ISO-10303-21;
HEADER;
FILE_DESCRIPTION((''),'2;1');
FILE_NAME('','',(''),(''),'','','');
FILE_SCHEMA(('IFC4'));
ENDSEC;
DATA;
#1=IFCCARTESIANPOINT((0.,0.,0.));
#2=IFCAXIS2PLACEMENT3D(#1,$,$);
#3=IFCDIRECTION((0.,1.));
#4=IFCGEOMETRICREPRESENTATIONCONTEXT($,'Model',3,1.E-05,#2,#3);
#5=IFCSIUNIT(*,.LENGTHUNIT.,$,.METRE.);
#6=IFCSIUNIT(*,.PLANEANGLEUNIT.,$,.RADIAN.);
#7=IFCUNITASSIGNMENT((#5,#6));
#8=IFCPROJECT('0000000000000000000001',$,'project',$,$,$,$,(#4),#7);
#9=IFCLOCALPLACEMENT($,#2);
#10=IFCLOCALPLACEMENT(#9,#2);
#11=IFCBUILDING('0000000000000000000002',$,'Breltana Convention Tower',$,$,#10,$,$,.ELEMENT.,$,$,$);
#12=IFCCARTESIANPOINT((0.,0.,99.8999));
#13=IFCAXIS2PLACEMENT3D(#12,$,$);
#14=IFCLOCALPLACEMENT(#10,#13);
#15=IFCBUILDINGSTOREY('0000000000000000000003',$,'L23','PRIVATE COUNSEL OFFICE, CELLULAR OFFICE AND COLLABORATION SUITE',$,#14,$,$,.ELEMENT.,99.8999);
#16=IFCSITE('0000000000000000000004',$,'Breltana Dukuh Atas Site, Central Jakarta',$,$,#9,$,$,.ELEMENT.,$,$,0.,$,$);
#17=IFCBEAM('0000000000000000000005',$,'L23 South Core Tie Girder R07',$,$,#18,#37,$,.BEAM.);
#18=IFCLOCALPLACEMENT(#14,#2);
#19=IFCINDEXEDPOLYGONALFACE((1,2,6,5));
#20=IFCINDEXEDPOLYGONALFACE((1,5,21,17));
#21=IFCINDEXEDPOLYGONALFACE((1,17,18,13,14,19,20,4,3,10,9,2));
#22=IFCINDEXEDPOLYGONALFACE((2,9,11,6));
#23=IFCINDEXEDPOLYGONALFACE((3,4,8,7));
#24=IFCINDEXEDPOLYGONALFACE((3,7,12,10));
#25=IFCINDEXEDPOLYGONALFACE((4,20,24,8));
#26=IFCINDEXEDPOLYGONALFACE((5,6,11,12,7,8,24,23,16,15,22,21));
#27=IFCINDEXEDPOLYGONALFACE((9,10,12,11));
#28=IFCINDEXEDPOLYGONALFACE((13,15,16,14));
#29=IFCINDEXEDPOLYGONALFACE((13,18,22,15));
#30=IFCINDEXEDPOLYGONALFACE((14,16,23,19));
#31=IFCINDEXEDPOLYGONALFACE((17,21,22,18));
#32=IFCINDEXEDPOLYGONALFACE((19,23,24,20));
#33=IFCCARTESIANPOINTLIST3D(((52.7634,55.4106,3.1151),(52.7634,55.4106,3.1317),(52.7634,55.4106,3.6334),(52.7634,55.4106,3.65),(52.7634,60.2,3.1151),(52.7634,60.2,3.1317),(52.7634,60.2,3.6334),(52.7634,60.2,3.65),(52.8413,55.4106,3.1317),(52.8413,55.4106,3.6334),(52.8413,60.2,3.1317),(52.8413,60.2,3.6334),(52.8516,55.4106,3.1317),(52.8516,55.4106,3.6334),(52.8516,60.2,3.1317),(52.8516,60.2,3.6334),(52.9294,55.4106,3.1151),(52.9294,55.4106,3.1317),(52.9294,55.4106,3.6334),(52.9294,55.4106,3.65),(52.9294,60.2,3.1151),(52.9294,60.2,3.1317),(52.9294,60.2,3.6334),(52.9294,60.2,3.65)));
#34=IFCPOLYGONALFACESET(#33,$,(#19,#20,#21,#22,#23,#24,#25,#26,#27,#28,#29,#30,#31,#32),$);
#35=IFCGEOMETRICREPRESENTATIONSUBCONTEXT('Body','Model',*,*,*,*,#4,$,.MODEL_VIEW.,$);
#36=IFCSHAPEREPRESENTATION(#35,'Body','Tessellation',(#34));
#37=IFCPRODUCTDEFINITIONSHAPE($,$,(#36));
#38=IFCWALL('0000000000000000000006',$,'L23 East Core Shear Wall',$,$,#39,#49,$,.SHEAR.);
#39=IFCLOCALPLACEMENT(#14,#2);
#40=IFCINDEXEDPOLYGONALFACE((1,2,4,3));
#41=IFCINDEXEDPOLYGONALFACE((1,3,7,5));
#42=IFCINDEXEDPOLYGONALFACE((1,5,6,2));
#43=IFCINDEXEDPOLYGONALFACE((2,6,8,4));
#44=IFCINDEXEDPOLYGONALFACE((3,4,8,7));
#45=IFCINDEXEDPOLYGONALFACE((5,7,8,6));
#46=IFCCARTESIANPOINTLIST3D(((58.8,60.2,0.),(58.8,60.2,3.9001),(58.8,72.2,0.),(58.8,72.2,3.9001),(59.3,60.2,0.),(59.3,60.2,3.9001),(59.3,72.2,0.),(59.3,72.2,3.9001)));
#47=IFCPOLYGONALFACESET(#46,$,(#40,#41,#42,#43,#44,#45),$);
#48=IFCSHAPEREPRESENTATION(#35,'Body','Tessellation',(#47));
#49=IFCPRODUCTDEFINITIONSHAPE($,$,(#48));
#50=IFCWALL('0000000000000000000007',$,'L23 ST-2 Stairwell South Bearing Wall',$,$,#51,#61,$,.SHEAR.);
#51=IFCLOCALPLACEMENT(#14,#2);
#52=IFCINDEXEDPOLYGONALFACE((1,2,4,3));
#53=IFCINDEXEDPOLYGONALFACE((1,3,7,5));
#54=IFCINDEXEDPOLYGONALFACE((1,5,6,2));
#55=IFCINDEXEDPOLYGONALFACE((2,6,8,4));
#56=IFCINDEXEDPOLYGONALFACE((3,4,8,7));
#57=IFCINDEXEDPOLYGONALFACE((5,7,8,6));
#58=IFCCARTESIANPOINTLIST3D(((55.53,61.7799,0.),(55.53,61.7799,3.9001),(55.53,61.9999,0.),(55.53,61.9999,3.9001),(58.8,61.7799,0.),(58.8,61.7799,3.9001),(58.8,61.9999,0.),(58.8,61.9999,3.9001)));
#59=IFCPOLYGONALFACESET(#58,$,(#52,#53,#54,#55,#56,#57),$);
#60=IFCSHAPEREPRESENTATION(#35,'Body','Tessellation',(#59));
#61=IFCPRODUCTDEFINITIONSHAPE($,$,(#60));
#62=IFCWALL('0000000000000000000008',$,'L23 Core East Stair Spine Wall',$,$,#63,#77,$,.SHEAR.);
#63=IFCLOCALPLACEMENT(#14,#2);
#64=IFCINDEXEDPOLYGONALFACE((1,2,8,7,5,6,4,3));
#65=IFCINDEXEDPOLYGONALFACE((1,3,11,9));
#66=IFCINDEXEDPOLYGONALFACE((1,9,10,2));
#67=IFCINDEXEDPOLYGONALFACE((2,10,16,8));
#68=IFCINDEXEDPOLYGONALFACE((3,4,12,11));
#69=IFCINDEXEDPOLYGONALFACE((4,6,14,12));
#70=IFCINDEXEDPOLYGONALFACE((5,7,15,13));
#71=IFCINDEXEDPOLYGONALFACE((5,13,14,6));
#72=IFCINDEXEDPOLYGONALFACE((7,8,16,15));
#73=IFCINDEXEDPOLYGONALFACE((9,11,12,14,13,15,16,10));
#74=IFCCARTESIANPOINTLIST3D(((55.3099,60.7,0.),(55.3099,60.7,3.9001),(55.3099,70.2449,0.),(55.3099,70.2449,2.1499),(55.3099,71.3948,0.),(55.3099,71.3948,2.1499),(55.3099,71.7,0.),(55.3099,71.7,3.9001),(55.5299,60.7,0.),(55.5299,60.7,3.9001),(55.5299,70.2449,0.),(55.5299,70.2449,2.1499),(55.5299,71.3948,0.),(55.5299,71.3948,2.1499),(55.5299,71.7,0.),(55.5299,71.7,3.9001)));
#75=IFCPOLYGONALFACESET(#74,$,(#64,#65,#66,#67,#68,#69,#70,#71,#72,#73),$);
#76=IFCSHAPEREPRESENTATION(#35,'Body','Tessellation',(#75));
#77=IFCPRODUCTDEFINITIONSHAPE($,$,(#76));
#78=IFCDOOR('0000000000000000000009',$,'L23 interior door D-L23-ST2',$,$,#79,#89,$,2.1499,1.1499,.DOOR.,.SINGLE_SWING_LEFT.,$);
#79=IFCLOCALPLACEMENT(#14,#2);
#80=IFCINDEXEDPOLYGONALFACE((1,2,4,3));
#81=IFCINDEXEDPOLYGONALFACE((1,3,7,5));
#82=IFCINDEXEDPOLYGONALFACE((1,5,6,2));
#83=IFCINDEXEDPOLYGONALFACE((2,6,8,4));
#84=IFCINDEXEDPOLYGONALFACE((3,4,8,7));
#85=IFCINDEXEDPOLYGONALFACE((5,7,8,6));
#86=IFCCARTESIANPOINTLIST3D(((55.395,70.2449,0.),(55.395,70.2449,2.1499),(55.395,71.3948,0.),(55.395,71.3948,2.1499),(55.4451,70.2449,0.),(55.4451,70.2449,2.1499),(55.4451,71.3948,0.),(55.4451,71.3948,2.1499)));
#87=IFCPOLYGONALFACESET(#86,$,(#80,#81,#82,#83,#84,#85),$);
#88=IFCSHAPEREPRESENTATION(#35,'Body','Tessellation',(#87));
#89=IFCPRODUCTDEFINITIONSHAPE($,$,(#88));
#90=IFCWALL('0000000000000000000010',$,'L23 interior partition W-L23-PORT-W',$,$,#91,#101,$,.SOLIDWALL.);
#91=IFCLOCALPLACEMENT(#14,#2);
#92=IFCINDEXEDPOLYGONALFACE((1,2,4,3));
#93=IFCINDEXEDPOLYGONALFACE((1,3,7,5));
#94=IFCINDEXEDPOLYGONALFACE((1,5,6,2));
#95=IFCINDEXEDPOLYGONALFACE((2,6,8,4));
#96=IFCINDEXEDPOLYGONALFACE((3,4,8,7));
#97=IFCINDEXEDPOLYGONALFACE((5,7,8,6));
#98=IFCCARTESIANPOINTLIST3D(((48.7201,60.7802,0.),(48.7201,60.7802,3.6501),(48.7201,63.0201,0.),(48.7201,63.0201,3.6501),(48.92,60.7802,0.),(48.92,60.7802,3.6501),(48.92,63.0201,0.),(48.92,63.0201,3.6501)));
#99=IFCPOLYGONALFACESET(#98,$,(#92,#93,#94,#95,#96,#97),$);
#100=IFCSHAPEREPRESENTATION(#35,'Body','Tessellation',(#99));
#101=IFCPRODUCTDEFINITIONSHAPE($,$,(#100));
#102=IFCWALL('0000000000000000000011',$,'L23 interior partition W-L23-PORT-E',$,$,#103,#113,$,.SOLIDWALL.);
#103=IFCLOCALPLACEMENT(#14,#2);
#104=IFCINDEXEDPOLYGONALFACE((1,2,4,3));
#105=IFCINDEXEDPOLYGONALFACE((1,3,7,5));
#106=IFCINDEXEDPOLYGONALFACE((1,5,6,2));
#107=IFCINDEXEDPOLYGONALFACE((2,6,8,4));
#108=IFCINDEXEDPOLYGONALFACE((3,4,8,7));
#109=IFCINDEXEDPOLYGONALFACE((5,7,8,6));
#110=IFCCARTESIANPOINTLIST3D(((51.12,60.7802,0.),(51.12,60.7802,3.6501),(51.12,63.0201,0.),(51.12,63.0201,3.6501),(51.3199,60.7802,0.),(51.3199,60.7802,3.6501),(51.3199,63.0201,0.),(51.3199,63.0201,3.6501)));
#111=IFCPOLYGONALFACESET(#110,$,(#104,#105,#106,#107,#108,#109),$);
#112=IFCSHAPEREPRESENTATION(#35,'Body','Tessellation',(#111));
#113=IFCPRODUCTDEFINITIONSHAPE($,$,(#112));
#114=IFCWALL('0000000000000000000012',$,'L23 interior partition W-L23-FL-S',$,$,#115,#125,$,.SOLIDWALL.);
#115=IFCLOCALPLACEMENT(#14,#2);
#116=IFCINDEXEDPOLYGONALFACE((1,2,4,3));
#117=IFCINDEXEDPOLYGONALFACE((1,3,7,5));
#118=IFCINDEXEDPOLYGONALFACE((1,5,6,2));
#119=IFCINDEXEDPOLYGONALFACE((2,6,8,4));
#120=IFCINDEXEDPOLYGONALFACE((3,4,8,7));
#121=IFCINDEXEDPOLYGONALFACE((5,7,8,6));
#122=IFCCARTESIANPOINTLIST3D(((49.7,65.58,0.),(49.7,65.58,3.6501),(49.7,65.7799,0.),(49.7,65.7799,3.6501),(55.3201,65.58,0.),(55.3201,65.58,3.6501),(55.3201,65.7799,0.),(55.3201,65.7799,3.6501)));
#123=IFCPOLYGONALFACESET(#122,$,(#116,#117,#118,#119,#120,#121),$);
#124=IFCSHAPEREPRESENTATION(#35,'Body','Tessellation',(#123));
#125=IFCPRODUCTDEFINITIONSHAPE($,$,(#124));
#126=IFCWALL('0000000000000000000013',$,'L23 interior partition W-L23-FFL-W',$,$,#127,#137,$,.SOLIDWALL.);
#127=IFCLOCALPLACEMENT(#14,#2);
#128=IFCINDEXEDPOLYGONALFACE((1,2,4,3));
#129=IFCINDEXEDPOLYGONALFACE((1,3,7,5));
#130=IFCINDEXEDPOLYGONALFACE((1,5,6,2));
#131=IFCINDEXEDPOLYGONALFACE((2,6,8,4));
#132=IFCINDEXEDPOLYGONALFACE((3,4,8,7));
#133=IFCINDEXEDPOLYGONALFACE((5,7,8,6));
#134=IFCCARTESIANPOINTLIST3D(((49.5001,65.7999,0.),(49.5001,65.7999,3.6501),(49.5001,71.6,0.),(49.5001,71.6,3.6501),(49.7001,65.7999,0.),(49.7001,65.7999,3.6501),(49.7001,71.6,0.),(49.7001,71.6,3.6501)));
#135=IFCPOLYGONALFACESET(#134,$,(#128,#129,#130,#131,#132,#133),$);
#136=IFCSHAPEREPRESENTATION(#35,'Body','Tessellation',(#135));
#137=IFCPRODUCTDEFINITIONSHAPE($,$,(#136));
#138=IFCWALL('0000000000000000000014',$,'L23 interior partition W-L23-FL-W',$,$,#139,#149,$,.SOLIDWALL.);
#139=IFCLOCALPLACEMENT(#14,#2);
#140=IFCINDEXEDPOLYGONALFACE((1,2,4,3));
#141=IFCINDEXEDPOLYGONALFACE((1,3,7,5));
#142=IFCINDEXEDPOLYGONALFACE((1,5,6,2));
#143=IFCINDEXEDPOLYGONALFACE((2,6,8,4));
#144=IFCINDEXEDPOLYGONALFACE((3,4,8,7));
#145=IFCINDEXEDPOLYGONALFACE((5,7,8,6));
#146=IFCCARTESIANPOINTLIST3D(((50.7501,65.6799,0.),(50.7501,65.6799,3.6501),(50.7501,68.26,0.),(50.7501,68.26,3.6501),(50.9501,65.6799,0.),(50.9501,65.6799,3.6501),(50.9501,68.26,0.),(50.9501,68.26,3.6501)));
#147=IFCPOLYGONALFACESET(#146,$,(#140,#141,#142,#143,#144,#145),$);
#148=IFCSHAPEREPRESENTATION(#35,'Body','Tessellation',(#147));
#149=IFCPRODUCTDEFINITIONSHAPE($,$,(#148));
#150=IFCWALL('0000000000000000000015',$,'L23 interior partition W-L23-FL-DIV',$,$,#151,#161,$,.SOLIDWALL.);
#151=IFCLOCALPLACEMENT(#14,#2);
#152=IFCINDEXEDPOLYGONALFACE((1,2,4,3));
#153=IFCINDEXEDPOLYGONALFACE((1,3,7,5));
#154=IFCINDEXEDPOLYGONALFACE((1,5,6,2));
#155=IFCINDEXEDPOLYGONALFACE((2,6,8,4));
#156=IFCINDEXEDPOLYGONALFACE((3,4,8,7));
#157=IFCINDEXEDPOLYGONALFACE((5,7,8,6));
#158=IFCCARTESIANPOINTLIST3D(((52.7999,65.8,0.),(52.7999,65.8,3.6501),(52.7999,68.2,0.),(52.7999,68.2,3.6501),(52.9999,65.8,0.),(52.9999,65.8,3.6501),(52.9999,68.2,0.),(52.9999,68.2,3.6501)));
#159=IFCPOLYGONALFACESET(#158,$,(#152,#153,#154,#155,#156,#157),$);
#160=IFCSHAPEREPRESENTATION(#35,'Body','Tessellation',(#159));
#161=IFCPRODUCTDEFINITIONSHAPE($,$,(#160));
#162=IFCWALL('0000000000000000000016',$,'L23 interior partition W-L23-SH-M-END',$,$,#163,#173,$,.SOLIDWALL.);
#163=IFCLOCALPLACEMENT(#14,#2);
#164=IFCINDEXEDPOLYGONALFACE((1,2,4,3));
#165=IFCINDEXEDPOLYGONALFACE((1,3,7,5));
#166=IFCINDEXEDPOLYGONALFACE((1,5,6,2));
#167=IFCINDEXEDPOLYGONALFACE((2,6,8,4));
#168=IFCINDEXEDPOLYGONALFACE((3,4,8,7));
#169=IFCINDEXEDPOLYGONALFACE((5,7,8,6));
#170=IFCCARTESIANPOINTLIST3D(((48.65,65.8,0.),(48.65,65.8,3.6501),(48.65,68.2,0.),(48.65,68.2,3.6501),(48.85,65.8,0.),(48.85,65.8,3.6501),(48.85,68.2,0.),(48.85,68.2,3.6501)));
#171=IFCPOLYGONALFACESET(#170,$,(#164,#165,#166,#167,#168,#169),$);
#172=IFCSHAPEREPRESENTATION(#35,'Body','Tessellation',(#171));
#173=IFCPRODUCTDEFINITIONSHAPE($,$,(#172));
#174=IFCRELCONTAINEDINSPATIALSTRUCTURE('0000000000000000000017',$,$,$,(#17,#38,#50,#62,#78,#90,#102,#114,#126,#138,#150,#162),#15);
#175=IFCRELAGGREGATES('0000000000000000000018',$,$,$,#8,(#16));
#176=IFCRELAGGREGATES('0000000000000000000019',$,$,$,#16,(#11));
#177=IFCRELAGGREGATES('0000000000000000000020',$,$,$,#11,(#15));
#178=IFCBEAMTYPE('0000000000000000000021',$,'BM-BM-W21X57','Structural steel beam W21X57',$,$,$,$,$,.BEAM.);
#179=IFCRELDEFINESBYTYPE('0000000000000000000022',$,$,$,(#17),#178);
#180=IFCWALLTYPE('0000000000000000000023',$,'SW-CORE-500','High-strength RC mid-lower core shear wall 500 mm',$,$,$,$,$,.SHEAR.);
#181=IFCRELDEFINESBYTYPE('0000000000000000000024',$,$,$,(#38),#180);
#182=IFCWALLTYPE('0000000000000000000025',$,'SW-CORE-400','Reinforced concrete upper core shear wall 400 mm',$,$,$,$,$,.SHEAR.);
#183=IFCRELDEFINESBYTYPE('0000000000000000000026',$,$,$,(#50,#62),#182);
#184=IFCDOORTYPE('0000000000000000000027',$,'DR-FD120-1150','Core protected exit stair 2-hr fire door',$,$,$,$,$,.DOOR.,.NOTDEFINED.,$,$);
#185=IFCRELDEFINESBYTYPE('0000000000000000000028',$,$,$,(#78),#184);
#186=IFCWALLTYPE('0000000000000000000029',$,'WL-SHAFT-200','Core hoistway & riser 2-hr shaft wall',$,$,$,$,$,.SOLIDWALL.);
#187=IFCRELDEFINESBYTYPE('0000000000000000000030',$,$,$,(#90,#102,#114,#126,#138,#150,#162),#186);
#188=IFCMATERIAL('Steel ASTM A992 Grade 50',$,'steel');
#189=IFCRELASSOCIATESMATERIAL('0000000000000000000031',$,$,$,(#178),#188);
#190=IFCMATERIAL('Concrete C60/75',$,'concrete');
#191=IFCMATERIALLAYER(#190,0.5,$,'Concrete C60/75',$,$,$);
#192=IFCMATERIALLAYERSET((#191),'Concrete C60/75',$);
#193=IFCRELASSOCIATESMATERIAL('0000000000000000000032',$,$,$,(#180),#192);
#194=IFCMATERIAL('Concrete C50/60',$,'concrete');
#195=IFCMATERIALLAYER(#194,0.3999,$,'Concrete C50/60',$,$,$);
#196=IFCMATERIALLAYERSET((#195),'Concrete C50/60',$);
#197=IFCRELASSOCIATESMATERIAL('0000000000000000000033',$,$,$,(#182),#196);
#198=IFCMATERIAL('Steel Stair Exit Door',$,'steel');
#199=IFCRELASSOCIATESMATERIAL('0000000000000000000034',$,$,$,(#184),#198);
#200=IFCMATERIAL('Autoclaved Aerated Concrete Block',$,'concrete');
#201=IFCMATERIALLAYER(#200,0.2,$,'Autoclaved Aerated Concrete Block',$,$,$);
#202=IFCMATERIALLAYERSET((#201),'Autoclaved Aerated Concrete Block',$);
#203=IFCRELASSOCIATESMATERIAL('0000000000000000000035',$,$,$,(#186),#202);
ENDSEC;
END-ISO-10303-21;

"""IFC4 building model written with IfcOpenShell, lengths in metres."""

from ifc_helpers import new_model, si_unit, direction, frame, frame_2d, origin, origin_2d, place, context, subcontext, project, spatial, rectangle, i_section, extrude, source, transform, mapped, material, layer, layer_set, material_profile, profile_set, type_object, type_shapes, element, fill, save


model = new_model("IFC4")

# Units and contexts
model_context = context("Model", 3, precision=1e-05, world=origin(), true_north=direction((0.0, 1.0)))
body_context = subcontext(model_context, "Body", "Model", "MODEL_VIEW")
ifc_project = project(units=[si_unit("LENGTHUNIT", "METRE"), si_unit("PLANEANGLEUNIT", "RADIAN")], contexts=[model_context])

# Site, building, storey
site_placement = place(None, origin())
site = spatial("IfcSite", under=ifc_project, at=site_placement, Name="Breltana Dukuh Atas Site, Central Jakarta", CompositionType="ELEMENT", RefElevation=0.0)
building_placement = place(site_placement, origin())
building = spatial("IfcBuilding", under=site, at=building_placement, Name="Breltana Convention Tower", CompositionType="ELEMENT")
storey_placement = place(building_placement, frame((0.0, 0.0, 99.8999)))
storey = spatial("IfcBuildingStorey", under=building, at=storey_placement, Name="L23", Description="PRIVATE COUNSEL OFFICE, CELLULAR OFFICE AND COLLABORATION SUITE", CompositionType="ELEMENT", Elevation=99.8999)

# Beam
ifc_material_1 = material(Name="Steel ASTM A992 Grade 50", Category="steel")
ifc_material_profile = material_profile(ifc_material_1, i_section(OverallWidth=0.166, OverallDepth=0.5349, WebThickness=0.0103, FlangeThickness=0.0166, at=origin_2d()), Name="W21X57")
ifc_profile_set = profile_set([ifc_material_profile], Name="Steel ASTM A992 Grade 50")
beam_type = type_object("IfcBeamType", Name="BM-BM-W21X57", Description="Structural steel beam W21X57", PredefinedType="BEAM", material=ifc_profile_set)
shared_shape_1 = source(origin(), body_context, "Body", "SweptSolid", [
    extrude(i_section(OverallWidth=0.166, OverallDepth=0.5349, WebThickness=0.0103, FlangeThickness=0.0166, at=origin_2d()), origin(), (0.0, 0.0, 1.0), 4.7893),
])
beam_placement = place(storey_placement, frame((52.8464, 60.2, 3.3826), z_axis=(0.0, -1.0, 0.0), x_axis=(1.0, 0.0, 0.0)))
element("IfcBeam", 1, at=beam_placement, inside=storey, type_object=beam_type, Name="L23 South Core Tie Girder R07", PredefinedType="BEAM", context=body_context, shape_type="MappedRepresentation", body=[
    mapped(shared_shape_1, transform((0.0, 0.0, 0.0), scale=1.0)),
])

# Walls
ifc_material_2 = material(Name="Concrete C60/75", Category="concrete")
ifc_layer_1 = layer(ifc_material_2, 0.5, Name="Concrete C60/75")
ifc_layer_set_1 = layer_set([ifc_layer_1], Name="Concrete C60/75")
wall_type_1 = type_object("IfcWallType", Name="SW-CORE-500", Description="High-strength RC mid-lower core shear wall 500 mm", PredefinedType="SHEAR", material=ifc_layer_set_1)
shared_shape_2 = source(origin(), body_context, "Body", "SweptSolid", [
    extrude(rectangle(XDim=12.0, YDim=0.5, at=frame_2d((6.0, 0.0))), origin(), (0.0, 0.0, 1.0), 3.9001),
])
wall_1_placement = place(storey_placement, frame((59.05, 60.2, 0.0), z_axis=(0.0, 0.0, 1.0), x_axis=(0.0, 1.0, 0.0)))
element("IfcWall", 2, at=wall_1_placement, inside=storey, type_object=wall_type_1, Name="L23 East Core Shear Wall", PredefinedType="SHEAR", context=body_context, shape_type="MappedRepresentation", body=[
    mapped(shared_shape_2, transform((0.0, 0.0, 0.0), scale=1.0)),
])
ifc_material_3 = material(Name="Concrete C50/60", Category="concrete")
ifc_layer_2 = layer(ifc_material_3, 0.3999, Name="Concrete C50/60")
ifc_layer_set_2 = layer_set([ifc_layer_2], Name="Concrete C50/60")
wall_type_2 = type_object("IfcWallType", Name="SW-CORE-400", Description="Reinforced concrete upper core shear wall 400 mm", PredefinedType="SHEAR", material=ifc_layer_set_2)
shared_shape_3 = source(origin(), body_context, "Body", "SweptSolid", [
    extrude(rectangle(XDim=3.27, YDim=0.22, at=frame_2d((1.635, 0.0))), origin(), (0.0, 0.0, 1.0), 3.9001),
])
wall_2_placement = place(storey_placement, frame((55.53, 61.8899, 0.0), z_axis=(0.0, 0.0, 1.0), x_axis=(1.0, 0.0, 0.0)))
element("IfcWall", 3, at=wall_2_placement, inside=storey, type_object=wall_type_2, Name="L23 ST-2 Stairwell South Bearing Wall", PredefinedType="SHEAR", context=body_context, shape_type="MappedRepresentation", body=[
    mapped(shared_shape_3, transform((0.0, 0.0, 0.0), scale=1.0)),
])

# Wall, opening, door
shared_shape_4 = source(origin(), body_context, "Body", "SweptSolid", [
    extrude(rectangle(XDim=11.0, YDim=0.22, at=frame_2d((5.5, 0.0))), origin(), (0.0, 0.0, 1.0), 3.9001),
])
wall_3_placement = place(storey_placement, frame((55.4199, 60.7, 0.0), z_axis=(0.0, 0.0, 1.0), x_axis=(0.0, 1.0, 0.0)))
wall_3 = element("IfcWall", 4, at=wall_3_placement, inside=storey, type_object=wall_type_2, Name="L23 Core East Stair Spine Wall", PredefinedType="SHEAR", context=body_context, shape_type="MappedRepresentation", body=[
    mapped(shared_shape_4, transform((0.0, 0.0, 0.0), scale=1.0)),
])
opening_1_placement = place(wall_3_placement, frame((9.5449, 0.0, 0.0)))
opening_1 = element("IfcOpeningElement", 5, at=opening_1_placement, cuts=wall_3, PredefinedType="OPENING", context=body_context, shape_type="SweptSolid", body=[
    extrude(rectangle(XDim=1.1499, YDim=2.1499, at=frame_2d((0.575, 1.075))), frame((0.0, 0.1201, 0.0), z_axis=(0.0, -1.0, 0.0), x_axis=(1.0, 0.0, 0.0)), (0.0, 0.0, 1.0), 0.24),
])
ifc_material_4 = material(Name="Steel Stair Exit Door", Category="steel")
door_type_1 = type_object("IfcDoorType", Name="DR-FD120-1150", Description="Core protected exit stair 2-hr fire door", OperationType="NOTDEFINED", PredefinedType="DOOR", material=ifc_material_4)
shared_shape_5 = source(origin(), body_context, "Body", "SweptSolid", [
    extrude(rectangle(XDim=1.1499, YDim=2.1499, at=frame_2d((0.575, 1.075))), frame((0.0, 0.0249, 0.0), z_axis=(0.0, -1.0, 0.0), x_axis=(1.0, 0.0, 0.0)), (0.0, 0.0, 1.0), 0.05),
])
type_shapes(door_type_1, [shared_shape_5])
door_1_placement = place(opening_1_placement, origin())
door_1 = element("IfcDoor", 6, at=door_1_placement, inside=storey, type_object=door_type_1, Name="L23 interior door D-L23-ST2", OperationType="SINGLE_SWING_LEFT", OverallHeight=2.1499, OverallWidth=1.1499, PredefinedType="DOOR", context=body_context, shape_type="MappedRepresentation", body=[
    mapped(shared_shape_5, transform((0.0, 0.0, 0.0), scale=1.0)),
])
fill(opening_1, door_1)

# Walls
ifc_material_5 = material(Name="Autoclaved Aerated Concrete Block", Category="concrete")
ifc_layer_3 = layer(ifc_material_5, 0.2, Name="Autoclaved Aerated Concrete Block")
ifc_layer_set_3 = layer_set([ifc_layer_3], Name="Autoclaved Aerated Concrete Block")
wall_type_3 = type_object("IfcWallType", Name="WL-SHAFT-200", Description="Core hoistway & riser 2-hr shaft wall", PredefinedType="SOLIDWALL", material=ifc_layer_set_3)
shared_shape_6 = source(origin(), body_context, "Body", "SweptSolid", [
    extrude(rectangle(XDim=2.24, YDim=0.2, at=frame_2d((1.1201, 0.0))), origin(), (0.0, 0.0, 1.0), 3.6501),
])
for number, where, z_axis, x_axis, name in (
    (7, (48.8201, 60.78, 0.0), (0.0, 0.0, 1.0), (0.0, 1.0, 0.0), "L23 interior partition W-L23-PORT-W"),
    (8, (51.22, 60.78, 0.0), (0.0, 0.0, 1.0), (0.0, 1.0, 0.0), "L23 interior partition W-L23-PORT-E"),
):
    element("IfcWall", number, at=place(storey_placement, frame(where, z_axis=z_axis, x_axis=x_axis)), inside=storey, type_object=wall_type_3, Name=name, PredefinedType="SOLIDWALL", context=body_context, shape_type="MappedRepresentation", body=[
        mapped(shared_shape_6, transform((0.0, 0.0, 0.0), scale=1.0)),
    ])

# Shared definitions
shared_shape_7 = source(origin(), body_context, "Body", "SweptSolid", [
    extrude(rectangle(XDim=5.6201, YDim=0.2, at=frame_2d((2.8101, 0.0))), origin(), (0.0, 0.0, 1.0), 3.6501),
])

# Walls
wall_4_placement = place(storey_placement, frame((49.7, 65.6799, 0.0), z_axis=(0.0, 0.0, 1.0), x_axis=(1.0, 0.0, 0.0)))
element("IfcWall", 9, at=wall_4_placement, inside=storey, type_object=wall_type_3, Name="L23 interior partition W-L23-FL-S", PredefinedType="SOLIDWALL", context=body_context, shape_type="MappedRepresentation", body=[
    mapped(shared_shape_7, transform((0.0, 0.0, 0.0), scale=1.0)),
])
shared_shape_8 = source(origin(), body_context, "Body", "SweptSolid", [
    extrude(rectangle(XDim=5.8, YDim=0.2, at=frame_2d((2.8999, 0.0))), origin(), (0.0, 0.0, 1.0), 3.6501),
])
wall_5_placement = place(storey_placement, frame((49.6001, 65.8, 0.0), z_axis=(0.0, 0.0, 1.0), x_axis=(0.0, 1.0, 0.0)))
element("IfcWall", 10, at=wall_5_placement, inside=storey, type_object=wall_type_3, Name="L23 interior partition W-L23-FFL-W", PredefinedType="SOLIDWALL", context=body_context, shape_type="MappedRepresentation", body=[
    mapped(shared_shape_8, transform((0.0, 0.0, 0.0), scale=1.0)),
])
shared_shape_9 = source(origin(), body_context, "Body", "SweptSolid", [
    extrude(rectangle(XDim=2.5801, YDim=0.2, at=frame_2d((1.29, 0.0))), origin(), (0.0, 0.0, 1.0), 3.6501),
])
wall_6_placement = place(storey_placement, frame((50.8501, 65.6799, 0.0), z_axis=(0.0, 0.0, 1.0), x_axis=(0.0, 1.0, 0.0)))
element("IfcWall", 11, at=wall_6_placement, inside=storey, type_object=wall_type_3, Name="L23 interior partition W-L23-FL-W", PredefinedType="SOLIDWALL", context=body_context, shape_type="MappedRepresentation", body=[
    mapped(shared_shape_9, transform((0.0, 0.0, 0.0), scale=1.0)),
])
shared_shape_10 = source(origin(), body_context, "Body", "SweptSolid", [
    extrude(rectangle(XDim=2.3999, YDim=0.2, at=frame_2d((1.2, 0.0))), origin(), (0.0, 0.0, 1.0), 3.6501),
])
for number, where, z_axis, x_axis, name in (
    (12, (52.8999, 65.8, 0.0), (0.0, 0.0, 1.0), (0.0, 1.0, 0.0), "L23 interior partition W-L23-FL-DIV"),
    (13, (48.75, 65.8, 0.0), (0.0, 0.0, 1.0), (0.0, 1.0, 0.0), "L23 interior partition W-L23-SH-M-END"),
):
    element("IfcWall", number, at=place(storey_placement, frame(where, z_axis=z_axis, x_axis=x_axis)), inside=storey, type_object=wall_type_3, Name=name, PredefinedType="SOLIDWALL", context=body_context, shape_type="MappedRepresentation", body=[
        mapped(shared_shape_10, transform((0.0, 0.0, 0.0), scale=1.0)),
    ])

save(model, "model.ifc")
